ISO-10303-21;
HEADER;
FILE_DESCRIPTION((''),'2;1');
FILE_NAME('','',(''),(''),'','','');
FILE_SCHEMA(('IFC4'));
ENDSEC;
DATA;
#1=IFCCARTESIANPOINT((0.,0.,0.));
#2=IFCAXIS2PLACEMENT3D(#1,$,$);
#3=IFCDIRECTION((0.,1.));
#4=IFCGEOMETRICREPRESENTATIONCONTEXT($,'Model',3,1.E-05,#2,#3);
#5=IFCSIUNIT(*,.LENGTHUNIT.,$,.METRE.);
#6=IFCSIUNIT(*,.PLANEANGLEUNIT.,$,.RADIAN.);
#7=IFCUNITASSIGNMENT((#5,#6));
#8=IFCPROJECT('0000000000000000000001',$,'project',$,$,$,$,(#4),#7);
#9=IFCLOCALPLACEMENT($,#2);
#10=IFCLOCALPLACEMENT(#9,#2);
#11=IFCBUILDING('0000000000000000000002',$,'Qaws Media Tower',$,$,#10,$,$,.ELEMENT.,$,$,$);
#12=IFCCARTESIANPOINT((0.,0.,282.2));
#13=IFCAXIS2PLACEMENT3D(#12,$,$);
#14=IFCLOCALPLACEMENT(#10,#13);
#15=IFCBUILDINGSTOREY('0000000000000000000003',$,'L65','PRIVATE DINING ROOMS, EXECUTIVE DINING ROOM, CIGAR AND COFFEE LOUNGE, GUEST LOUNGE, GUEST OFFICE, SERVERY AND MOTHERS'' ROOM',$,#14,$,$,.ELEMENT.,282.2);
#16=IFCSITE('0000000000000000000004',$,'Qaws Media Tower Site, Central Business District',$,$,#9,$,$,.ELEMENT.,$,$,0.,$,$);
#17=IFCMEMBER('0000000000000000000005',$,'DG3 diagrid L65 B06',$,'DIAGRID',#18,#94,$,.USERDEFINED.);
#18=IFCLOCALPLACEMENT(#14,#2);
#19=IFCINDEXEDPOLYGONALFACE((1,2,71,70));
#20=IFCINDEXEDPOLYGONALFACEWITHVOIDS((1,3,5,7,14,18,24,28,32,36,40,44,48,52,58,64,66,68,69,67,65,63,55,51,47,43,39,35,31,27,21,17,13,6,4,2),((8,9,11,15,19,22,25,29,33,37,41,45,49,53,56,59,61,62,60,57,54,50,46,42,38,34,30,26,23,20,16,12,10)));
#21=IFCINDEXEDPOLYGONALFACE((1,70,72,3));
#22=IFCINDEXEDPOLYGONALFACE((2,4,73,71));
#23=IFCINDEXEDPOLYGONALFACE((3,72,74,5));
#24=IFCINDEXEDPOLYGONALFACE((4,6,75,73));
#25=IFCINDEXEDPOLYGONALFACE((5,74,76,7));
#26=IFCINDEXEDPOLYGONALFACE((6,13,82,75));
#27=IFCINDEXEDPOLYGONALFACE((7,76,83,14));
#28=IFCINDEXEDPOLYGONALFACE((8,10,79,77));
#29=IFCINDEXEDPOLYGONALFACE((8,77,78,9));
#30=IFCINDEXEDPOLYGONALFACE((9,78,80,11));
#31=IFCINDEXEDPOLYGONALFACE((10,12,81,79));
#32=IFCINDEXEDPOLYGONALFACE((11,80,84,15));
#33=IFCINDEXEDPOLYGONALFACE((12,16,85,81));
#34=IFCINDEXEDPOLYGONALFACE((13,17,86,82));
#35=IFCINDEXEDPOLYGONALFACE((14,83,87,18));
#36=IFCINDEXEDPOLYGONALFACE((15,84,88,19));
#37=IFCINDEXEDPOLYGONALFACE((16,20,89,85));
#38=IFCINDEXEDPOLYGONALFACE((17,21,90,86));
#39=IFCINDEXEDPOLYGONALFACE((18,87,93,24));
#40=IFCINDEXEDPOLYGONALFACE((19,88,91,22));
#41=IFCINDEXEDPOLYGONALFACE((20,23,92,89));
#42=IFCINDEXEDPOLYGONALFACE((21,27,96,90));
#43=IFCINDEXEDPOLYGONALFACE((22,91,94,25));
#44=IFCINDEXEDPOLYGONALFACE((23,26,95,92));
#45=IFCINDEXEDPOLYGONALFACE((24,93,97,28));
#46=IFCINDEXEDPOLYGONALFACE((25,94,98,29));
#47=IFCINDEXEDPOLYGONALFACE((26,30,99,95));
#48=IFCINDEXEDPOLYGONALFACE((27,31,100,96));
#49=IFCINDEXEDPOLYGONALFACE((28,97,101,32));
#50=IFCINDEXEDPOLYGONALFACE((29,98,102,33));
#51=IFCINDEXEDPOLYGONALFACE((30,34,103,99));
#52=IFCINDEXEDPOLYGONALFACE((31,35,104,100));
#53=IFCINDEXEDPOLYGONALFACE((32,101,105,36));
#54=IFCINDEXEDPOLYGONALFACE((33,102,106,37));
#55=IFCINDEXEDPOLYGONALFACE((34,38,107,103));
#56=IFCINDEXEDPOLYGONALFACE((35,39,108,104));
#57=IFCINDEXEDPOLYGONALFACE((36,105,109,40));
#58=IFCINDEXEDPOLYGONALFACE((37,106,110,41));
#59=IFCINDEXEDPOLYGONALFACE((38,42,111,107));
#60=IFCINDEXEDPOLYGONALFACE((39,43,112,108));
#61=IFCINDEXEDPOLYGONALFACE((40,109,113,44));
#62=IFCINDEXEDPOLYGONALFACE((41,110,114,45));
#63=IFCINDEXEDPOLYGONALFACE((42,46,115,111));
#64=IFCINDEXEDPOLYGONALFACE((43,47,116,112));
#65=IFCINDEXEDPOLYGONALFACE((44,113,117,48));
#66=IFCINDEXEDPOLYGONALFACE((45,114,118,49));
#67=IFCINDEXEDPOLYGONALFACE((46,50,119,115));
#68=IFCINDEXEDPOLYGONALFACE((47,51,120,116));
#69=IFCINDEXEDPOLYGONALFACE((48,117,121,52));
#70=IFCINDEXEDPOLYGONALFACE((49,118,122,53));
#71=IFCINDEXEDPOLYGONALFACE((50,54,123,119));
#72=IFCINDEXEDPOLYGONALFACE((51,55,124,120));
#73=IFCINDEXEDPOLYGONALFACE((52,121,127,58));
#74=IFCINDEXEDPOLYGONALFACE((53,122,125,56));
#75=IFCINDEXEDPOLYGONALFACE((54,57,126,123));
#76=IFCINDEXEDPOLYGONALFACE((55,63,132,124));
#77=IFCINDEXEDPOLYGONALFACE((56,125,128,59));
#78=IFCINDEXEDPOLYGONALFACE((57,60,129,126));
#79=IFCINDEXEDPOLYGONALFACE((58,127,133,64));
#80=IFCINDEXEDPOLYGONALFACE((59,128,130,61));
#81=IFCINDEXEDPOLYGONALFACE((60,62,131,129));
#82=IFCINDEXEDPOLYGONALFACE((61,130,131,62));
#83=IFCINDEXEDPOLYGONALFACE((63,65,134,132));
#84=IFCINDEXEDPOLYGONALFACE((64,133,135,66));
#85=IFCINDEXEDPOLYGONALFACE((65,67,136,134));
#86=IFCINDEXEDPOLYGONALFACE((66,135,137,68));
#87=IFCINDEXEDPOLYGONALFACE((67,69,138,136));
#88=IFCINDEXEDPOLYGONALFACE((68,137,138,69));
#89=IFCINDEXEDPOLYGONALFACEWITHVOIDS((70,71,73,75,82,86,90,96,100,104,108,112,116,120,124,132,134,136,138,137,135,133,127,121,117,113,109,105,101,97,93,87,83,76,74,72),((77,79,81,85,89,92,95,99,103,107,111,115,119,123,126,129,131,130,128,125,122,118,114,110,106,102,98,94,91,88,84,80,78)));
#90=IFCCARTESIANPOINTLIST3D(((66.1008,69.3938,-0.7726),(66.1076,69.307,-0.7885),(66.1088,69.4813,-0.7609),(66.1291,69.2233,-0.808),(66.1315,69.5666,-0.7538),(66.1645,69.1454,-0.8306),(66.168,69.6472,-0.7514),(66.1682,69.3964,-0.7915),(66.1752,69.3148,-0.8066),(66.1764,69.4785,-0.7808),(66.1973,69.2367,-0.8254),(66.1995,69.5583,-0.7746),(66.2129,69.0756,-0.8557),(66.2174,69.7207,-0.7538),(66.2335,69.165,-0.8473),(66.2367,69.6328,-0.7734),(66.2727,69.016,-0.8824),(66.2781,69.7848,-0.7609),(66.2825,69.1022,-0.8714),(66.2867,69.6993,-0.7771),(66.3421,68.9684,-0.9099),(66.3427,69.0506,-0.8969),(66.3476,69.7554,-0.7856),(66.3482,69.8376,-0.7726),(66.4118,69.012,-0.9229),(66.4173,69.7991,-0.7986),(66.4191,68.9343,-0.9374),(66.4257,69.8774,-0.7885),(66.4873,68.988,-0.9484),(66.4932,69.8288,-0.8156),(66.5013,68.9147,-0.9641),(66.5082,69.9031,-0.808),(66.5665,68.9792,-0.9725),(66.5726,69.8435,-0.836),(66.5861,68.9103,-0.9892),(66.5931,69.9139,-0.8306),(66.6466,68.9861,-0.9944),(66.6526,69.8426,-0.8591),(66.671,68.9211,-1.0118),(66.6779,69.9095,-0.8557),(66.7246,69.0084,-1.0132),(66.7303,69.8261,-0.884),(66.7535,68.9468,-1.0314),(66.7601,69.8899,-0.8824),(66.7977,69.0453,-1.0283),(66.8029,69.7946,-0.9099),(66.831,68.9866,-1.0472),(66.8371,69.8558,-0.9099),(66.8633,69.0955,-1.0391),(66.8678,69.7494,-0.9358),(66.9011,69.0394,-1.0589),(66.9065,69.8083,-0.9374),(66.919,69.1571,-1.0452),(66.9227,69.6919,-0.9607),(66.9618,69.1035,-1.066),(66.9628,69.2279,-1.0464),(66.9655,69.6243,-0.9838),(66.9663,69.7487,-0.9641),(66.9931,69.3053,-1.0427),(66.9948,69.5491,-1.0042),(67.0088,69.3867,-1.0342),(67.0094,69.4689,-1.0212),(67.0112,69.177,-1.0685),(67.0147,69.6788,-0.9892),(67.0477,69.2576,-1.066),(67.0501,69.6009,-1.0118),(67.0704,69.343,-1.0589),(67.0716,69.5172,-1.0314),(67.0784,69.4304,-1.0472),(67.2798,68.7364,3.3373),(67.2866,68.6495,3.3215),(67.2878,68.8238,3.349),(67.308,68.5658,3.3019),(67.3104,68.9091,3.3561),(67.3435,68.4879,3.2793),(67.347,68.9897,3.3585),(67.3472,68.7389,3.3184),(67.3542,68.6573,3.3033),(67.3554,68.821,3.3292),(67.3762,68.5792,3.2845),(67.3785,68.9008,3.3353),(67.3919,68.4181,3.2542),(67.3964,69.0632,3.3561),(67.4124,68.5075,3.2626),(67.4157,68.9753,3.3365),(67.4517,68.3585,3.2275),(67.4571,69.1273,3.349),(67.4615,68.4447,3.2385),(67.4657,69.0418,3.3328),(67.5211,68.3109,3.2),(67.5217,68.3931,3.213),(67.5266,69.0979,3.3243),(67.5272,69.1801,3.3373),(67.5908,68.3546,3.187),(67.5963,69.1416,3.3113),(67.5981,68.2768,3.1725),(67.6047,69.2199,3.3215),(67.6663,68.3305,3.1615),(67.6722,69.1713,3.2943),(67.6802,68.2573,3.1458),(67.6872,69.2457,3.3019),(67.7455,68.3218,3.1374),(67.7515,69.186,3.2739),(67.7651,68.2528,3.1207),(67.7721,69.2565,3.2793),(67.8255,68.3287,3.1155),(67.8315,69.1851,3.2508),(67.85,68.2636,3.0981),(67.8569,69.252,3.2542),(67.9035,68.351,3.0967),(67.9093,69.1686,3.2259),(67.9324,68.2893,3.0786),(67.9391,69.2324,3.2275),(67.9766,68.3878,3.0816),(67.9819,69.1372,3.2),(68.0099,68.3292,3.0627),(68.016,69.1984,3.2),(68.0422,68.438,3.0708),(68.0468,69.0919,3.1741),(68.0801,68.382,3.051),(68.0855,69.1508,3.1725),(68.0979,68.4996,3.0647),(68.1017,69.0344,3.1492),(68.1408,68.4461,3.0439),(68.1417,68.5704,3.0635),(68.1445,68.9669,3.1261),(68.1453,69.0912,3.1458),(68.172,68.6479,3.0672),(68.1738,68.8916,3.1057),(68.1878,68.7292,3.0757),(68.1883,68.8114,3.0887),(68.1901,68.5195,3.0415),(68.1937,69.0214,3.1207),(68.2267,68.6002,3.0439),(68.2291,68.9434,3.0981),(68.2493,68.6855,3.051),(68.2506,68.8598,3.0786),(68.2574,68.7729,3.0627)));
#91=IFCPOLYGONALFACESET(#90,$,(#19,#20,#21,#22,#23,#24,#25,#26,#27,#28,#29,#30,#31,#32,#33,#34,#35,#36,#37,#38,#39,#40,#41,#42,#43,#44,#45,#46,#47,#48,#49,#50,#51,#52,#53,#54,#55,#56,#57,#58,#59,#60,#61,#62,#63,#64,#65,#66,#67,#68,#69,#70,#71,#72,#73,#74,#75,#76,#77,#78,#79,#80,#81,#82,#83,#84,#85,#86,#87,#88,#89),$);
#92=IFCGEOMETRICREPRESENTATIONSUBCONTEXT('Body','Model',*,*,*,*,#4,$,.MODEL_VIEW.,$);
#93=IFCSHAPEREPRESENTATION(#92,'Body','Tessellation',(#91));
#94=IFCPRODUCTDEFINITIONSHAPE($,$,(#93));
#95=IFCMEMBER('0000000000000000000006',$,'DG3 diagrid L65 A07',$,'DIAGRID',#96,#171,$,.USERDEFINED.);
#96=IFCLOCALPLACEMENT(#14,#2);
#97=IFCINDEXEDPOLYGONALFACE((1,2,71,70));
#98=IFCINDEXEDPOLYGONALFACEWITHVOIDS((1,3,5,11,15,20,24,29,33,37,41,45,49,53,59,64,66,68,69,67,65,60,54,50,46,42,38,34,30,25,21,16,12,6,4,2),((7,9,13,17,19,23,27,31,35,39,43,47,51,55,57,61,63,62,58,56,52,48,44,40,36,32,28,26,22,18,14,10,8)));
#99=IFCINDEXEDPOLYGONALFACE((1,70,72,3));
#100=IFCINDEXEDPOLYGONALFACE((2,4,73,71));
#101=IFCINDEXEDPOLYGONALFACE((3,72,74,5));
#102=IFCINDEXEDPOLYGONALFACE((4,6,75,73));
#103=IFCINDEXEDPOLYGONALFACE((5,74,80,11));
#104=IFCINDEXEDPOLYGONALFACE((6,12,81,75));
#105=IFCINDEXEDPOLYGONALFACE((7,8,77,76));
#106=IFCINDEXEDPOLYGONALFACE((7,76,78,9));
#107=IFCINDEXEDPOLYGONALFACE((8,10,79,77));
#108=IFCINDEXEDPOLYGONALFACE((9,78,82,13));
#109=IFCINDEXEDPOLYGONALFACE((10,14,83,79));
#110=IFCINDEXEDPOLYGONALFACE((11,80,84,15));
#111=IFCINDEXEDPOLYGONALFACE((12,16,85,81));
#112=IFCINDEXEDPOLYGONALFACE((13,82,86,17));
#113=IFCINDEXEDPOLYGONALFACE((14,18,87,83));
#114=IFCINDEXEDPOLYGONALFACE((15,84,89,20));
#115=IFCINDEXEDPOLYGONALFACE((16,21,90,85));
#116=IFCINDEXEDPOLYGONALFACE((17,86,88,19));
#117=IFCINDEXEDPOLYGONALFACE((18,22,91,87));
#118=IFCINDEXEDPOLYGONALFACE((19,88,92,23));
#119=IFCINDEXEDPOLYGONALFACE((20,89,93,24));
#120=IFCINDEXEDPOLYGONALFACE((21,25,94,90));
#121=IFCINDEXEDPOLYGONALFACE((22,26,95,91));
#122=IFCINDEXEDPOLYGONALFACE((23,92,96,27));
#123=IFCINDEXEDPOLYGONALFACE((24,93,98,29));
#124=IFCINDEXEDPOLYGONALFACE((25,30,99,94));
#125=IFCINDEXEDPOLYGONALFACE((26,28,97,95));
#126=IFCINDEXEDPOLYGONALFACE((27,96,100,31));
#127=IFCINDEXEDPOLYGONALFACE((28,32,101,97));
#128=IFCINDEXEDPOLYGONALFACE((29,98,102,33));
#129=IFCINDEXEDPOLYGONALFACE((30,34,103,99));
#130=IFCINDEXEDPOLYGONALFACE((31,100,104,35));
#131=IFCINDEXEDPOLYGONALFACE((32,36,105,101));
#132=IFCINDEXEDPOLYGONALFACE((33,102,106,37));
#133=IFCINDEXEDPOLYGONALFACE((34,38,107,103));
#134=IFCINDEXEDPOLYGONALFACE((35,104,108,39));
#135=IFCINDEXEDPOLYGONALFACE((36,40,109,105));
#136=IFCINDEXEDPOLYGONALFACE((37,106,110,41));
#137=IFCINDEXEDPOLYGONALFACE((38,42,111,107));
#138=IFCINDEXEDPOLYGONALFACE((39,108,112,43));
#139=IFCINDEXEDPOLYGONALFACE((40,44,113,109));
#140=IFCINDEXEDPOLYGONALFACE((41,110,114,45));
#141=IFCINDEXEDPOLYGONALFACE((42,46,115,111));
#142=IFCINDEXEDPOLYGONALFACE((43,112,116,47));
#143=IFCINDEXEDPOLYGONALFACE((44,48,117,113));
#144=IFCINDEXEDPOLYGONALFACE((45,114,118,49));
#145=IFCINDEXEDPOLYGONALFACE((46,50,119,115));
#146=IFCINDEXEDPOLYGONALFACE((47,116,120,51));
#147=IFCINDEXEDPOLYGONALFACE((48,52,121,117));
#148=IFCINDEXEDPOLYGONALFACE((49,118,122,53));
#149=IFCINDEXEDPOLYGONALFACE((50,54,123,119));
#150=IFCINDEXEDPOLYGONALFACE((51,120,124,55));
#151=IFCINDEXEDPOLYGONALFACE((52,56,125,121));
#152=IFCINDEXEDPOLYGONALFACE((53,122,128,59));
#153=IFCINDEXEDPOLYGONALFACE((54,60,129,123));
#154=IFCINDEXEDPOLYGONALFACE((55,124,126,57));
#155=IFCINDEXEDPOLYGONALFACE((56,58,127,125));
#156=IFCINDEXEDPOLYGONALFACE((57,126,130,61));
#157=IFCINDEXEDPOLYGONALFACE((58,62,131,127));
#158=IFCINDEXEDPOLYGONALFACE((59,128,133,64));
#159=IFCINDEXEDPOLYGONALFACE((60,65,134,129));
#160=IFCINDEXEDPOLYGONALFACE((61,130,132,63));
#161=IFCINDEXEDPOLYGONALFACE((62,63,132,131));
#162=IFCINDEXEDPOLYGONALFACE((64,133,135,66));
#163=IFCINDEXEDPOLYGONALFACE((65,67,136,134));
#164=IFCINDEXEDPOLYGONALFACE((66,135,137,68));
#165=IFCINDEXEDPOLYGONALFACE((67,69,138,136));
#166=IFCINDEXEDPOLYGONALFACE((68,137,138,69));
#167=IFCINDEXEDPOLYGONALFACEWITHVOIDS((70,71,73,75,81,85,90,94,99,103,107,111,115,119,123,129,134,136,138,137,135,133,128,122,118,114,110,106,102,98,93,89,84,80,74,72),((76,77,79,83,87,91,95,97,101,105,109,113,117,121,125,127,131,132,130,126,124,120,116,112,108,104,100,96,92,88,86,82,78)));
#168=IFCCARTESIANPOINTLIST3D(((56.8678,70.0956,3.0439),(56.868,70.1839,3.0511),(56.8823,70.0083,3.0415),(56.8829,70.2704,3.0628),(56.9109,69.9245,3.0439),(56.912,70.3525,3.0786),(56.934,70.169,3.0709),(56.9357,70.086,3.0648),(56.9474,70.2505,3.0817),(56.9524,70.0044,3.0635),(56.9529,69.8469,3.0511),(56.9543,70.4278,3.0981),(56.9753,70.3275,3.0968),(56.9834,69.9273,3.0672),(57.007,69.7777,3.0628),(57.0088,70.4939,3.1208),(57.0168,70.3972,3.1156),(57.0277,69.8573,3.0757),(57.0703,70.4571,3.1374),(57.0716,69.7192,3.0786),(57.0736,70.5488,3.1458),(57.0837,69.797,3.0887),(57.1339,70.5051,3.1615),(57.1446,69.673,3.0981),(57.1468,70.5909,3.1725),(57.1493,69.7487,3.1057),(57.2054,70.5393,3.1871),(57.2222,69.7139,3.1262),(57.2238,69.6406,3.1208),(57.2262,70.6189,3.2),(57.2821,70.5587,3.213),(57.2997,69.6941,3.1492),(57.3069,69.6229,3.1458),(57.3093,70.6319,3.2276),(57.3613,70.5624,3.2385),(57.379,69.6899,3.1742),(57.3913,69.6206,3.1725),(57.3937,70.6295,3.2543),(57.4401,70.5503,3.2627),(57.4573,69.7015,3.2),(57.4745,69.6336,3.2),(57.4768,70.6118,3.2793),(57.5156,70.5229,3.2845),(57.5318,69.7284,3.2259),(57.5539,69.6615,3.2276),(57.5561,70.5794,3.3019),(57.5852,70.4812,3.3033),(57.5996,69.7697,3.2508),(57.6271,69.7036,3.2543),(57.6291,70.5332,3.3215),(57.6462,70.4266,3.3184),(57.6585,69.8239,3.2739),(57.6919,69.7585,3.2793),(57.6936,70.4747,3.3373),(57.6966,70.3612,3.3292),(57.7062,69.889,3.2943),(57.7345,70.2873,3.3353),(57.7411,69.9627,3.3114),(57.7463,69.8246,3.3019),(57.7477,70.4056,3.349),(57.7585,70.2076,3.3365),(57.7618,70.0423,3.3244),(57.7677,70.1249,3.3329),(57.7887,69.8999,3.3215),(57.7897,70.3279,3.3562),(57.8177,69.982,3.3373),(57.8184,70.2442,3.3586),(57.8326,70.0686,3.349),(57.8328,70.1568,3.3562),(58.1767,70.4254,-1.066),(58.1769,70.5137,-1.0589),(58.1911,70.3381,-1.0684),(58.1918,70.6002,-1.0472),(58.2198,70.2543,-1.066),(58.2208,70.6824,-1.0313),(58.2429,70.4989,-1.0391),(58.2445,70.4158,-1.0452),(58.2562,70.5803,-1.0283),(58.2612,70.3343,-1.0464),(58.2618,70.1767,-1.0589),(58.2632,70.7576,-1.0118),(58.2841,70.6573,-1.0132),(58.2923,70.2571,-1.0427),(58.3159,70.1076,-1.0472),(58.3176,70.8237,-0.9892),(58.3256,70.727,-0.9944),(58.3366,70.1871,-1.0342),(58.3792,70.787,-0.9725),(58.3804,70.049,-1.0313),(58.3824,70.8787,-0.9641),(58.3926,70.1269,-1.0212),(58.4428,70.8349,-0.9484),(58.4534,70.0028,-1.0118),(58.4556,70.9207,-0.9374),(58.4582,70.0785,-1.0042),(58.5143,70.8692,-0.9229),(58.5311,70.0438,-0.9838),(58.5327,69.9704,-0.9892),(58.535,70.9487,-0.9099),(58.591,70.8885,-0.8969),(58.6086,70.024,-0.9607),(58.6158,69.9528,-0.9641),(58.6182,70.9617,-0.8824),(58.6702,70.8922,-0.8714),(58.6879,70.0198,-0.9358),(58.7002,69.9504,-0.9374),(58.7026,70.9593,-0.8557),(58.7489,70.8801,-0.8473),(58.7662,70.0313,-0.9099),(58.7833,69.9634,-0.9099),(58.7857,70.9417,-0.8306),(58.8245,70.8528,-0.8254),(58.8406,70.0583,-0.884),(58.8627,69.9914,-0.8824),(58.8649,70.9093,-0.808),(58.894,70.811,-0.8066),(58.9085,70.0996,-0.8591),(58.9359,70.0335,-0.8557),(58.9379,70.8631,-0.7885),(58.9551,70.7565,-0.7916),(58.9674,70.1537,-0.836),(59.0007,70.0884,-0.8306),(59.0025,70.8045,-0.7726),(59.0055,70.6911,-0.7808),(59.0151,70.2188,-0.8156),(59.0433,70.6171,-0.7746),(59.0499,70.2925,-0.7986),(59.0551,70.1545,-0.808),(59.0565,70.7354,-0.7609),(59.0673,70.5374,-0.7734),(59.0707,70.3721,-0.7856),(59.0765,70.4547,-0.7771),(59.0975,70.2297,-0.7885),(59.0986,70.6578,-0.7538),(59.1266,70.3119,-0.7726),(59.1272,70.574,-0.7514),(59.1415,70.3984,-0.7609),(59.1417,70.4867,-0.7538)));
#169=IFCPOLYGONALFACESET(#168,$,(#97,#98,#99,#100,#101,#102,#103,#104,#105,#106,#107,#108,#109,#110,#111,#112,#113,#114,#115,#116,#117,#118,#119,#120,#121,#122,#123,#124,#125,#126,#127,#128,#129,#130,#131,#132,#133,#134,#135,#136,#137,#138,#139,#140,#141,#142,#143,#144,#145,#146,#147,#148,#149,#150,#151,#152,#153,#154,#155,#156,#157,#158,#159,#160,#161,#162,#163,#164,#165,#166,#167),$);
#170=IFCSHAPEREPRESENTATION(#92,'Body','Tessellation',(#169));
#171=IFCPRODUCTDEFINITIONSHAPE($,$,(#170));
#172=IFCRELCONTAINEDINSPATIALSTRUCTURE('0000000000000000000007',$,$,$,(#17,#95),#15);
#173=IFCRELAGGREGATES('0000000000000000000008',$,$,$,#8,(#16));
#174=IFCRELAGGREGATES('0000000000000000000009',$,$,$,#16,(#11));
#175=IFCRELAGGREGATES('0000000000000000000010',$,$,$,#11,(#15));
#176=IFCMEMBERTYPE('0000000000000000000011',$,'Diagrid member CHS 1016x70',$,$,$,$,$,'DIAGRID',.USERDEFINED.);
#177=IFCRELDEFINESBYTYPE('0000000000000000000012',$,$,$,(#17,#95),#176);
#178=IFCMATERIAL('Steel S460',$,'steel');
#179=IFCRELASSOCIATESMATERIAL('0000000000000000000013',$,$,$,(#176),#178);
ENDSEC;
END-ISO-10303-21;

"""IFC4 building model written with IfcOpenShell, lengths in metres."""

from ifc_helpers import new_model, si_unit, direction, frame, origin, origin_2d, place, context, subcontext, project, spatial, hollow_circle, extrude, material, material_profile, profile_set, type_object, element, save


model = new_model("IFC4")

# Units and contexts
model_context = context("Model", 3, precision=1e-05, world=origin(), true_north=direction((0.0, 1.0)))
body_context = subcontext(model_context, "Body", "Model", "MODEL_VIEW")
ifc_project = project(units=[si_unit("LENGTHUNIT", "METRE"), si_unit("PLANEANGLEUNIT", "RADIAN")], contexts=[model_context])

# Site, building, storey
site_placement = place(None, origin())
site = spatial("IfcSite", under=ifc_project, at=site_placement, Name="Qaws Media Tower Site, Central Business District", CompositionType="ELEMENT", RefElevation=0.0)
building_placement = place(site_placement, origin())
building = spatial("IfcBuilding", under=site, at=building_placement, Name="Qaws Media Tower", CompositionType="ELEMENT")
storey_placement = place(building_placement, frame((0.0, 0.0, 282.2)))
storey = spatial("IfcBuildingStorey", under=building, at=storey_placement, Name="L65", Description="PRIVATE DINING ROOMS, EXECUTIVE DINING ROOM, CIGAR AND COFFEE LOUNGE, GUEST LOUNGE, GUEST OFFICE, SERVERY AND MOTHERS' ROOM", CompositionType="ELEMENT", Elevation=282.2)

# Members
ifc_material_1 = material(Name="Steel S460", Category="steel")
ifc_material_profile_1 = material_profile(ifc_material_1, hollow_circle(Radius=0.5081, WallThickness=0.0701, at=origin_2d()), Name="CHS 1016x70")
ifc_profile_set_1 = profile_set([ifc_material_profile_1], Name="Steel S460")
member_type_1 = type_object("IfcMemberType", Name="Diagrid member CHS 1016x70", ElementType="DIAGRID", PredefinedType="USERDEFINED", material=ifc_profile_set_1)
for number, where, z_axis, x_axis, name in (
    (1, (66.5896, 69.4121, -0.9099), (0.272536, -0.151986, 0.950066), (0.487055, 0.873371, 0.0), "DG3 diagrid L65 B06"),
    (2, (58.6592, 70.4561, -0.9099), (-0.302563, -0.076248, 0.950075), (0.244365, -0.969683, 0.0), "DG3 diagrid L65 A07"),
):
    element("IfcMember", number, at=place(storey_placement, frame(where, z_axis=z_axis, x_axis=x_axis)), inside=storey, type_object=member_type_1, Name=name, ObjectType="DIAGRID", PredefinedType="USERDEFINED", context=body_context, shape_type="SweptSolid", body=[
        extrude(hollow_circle(Radius=0.5081, WallThickness=0.0701, at=origin_2d()), origin(), (0.0, 0.0, 1.0), 4.3259),
    ])

save(model, "model.ifc")
